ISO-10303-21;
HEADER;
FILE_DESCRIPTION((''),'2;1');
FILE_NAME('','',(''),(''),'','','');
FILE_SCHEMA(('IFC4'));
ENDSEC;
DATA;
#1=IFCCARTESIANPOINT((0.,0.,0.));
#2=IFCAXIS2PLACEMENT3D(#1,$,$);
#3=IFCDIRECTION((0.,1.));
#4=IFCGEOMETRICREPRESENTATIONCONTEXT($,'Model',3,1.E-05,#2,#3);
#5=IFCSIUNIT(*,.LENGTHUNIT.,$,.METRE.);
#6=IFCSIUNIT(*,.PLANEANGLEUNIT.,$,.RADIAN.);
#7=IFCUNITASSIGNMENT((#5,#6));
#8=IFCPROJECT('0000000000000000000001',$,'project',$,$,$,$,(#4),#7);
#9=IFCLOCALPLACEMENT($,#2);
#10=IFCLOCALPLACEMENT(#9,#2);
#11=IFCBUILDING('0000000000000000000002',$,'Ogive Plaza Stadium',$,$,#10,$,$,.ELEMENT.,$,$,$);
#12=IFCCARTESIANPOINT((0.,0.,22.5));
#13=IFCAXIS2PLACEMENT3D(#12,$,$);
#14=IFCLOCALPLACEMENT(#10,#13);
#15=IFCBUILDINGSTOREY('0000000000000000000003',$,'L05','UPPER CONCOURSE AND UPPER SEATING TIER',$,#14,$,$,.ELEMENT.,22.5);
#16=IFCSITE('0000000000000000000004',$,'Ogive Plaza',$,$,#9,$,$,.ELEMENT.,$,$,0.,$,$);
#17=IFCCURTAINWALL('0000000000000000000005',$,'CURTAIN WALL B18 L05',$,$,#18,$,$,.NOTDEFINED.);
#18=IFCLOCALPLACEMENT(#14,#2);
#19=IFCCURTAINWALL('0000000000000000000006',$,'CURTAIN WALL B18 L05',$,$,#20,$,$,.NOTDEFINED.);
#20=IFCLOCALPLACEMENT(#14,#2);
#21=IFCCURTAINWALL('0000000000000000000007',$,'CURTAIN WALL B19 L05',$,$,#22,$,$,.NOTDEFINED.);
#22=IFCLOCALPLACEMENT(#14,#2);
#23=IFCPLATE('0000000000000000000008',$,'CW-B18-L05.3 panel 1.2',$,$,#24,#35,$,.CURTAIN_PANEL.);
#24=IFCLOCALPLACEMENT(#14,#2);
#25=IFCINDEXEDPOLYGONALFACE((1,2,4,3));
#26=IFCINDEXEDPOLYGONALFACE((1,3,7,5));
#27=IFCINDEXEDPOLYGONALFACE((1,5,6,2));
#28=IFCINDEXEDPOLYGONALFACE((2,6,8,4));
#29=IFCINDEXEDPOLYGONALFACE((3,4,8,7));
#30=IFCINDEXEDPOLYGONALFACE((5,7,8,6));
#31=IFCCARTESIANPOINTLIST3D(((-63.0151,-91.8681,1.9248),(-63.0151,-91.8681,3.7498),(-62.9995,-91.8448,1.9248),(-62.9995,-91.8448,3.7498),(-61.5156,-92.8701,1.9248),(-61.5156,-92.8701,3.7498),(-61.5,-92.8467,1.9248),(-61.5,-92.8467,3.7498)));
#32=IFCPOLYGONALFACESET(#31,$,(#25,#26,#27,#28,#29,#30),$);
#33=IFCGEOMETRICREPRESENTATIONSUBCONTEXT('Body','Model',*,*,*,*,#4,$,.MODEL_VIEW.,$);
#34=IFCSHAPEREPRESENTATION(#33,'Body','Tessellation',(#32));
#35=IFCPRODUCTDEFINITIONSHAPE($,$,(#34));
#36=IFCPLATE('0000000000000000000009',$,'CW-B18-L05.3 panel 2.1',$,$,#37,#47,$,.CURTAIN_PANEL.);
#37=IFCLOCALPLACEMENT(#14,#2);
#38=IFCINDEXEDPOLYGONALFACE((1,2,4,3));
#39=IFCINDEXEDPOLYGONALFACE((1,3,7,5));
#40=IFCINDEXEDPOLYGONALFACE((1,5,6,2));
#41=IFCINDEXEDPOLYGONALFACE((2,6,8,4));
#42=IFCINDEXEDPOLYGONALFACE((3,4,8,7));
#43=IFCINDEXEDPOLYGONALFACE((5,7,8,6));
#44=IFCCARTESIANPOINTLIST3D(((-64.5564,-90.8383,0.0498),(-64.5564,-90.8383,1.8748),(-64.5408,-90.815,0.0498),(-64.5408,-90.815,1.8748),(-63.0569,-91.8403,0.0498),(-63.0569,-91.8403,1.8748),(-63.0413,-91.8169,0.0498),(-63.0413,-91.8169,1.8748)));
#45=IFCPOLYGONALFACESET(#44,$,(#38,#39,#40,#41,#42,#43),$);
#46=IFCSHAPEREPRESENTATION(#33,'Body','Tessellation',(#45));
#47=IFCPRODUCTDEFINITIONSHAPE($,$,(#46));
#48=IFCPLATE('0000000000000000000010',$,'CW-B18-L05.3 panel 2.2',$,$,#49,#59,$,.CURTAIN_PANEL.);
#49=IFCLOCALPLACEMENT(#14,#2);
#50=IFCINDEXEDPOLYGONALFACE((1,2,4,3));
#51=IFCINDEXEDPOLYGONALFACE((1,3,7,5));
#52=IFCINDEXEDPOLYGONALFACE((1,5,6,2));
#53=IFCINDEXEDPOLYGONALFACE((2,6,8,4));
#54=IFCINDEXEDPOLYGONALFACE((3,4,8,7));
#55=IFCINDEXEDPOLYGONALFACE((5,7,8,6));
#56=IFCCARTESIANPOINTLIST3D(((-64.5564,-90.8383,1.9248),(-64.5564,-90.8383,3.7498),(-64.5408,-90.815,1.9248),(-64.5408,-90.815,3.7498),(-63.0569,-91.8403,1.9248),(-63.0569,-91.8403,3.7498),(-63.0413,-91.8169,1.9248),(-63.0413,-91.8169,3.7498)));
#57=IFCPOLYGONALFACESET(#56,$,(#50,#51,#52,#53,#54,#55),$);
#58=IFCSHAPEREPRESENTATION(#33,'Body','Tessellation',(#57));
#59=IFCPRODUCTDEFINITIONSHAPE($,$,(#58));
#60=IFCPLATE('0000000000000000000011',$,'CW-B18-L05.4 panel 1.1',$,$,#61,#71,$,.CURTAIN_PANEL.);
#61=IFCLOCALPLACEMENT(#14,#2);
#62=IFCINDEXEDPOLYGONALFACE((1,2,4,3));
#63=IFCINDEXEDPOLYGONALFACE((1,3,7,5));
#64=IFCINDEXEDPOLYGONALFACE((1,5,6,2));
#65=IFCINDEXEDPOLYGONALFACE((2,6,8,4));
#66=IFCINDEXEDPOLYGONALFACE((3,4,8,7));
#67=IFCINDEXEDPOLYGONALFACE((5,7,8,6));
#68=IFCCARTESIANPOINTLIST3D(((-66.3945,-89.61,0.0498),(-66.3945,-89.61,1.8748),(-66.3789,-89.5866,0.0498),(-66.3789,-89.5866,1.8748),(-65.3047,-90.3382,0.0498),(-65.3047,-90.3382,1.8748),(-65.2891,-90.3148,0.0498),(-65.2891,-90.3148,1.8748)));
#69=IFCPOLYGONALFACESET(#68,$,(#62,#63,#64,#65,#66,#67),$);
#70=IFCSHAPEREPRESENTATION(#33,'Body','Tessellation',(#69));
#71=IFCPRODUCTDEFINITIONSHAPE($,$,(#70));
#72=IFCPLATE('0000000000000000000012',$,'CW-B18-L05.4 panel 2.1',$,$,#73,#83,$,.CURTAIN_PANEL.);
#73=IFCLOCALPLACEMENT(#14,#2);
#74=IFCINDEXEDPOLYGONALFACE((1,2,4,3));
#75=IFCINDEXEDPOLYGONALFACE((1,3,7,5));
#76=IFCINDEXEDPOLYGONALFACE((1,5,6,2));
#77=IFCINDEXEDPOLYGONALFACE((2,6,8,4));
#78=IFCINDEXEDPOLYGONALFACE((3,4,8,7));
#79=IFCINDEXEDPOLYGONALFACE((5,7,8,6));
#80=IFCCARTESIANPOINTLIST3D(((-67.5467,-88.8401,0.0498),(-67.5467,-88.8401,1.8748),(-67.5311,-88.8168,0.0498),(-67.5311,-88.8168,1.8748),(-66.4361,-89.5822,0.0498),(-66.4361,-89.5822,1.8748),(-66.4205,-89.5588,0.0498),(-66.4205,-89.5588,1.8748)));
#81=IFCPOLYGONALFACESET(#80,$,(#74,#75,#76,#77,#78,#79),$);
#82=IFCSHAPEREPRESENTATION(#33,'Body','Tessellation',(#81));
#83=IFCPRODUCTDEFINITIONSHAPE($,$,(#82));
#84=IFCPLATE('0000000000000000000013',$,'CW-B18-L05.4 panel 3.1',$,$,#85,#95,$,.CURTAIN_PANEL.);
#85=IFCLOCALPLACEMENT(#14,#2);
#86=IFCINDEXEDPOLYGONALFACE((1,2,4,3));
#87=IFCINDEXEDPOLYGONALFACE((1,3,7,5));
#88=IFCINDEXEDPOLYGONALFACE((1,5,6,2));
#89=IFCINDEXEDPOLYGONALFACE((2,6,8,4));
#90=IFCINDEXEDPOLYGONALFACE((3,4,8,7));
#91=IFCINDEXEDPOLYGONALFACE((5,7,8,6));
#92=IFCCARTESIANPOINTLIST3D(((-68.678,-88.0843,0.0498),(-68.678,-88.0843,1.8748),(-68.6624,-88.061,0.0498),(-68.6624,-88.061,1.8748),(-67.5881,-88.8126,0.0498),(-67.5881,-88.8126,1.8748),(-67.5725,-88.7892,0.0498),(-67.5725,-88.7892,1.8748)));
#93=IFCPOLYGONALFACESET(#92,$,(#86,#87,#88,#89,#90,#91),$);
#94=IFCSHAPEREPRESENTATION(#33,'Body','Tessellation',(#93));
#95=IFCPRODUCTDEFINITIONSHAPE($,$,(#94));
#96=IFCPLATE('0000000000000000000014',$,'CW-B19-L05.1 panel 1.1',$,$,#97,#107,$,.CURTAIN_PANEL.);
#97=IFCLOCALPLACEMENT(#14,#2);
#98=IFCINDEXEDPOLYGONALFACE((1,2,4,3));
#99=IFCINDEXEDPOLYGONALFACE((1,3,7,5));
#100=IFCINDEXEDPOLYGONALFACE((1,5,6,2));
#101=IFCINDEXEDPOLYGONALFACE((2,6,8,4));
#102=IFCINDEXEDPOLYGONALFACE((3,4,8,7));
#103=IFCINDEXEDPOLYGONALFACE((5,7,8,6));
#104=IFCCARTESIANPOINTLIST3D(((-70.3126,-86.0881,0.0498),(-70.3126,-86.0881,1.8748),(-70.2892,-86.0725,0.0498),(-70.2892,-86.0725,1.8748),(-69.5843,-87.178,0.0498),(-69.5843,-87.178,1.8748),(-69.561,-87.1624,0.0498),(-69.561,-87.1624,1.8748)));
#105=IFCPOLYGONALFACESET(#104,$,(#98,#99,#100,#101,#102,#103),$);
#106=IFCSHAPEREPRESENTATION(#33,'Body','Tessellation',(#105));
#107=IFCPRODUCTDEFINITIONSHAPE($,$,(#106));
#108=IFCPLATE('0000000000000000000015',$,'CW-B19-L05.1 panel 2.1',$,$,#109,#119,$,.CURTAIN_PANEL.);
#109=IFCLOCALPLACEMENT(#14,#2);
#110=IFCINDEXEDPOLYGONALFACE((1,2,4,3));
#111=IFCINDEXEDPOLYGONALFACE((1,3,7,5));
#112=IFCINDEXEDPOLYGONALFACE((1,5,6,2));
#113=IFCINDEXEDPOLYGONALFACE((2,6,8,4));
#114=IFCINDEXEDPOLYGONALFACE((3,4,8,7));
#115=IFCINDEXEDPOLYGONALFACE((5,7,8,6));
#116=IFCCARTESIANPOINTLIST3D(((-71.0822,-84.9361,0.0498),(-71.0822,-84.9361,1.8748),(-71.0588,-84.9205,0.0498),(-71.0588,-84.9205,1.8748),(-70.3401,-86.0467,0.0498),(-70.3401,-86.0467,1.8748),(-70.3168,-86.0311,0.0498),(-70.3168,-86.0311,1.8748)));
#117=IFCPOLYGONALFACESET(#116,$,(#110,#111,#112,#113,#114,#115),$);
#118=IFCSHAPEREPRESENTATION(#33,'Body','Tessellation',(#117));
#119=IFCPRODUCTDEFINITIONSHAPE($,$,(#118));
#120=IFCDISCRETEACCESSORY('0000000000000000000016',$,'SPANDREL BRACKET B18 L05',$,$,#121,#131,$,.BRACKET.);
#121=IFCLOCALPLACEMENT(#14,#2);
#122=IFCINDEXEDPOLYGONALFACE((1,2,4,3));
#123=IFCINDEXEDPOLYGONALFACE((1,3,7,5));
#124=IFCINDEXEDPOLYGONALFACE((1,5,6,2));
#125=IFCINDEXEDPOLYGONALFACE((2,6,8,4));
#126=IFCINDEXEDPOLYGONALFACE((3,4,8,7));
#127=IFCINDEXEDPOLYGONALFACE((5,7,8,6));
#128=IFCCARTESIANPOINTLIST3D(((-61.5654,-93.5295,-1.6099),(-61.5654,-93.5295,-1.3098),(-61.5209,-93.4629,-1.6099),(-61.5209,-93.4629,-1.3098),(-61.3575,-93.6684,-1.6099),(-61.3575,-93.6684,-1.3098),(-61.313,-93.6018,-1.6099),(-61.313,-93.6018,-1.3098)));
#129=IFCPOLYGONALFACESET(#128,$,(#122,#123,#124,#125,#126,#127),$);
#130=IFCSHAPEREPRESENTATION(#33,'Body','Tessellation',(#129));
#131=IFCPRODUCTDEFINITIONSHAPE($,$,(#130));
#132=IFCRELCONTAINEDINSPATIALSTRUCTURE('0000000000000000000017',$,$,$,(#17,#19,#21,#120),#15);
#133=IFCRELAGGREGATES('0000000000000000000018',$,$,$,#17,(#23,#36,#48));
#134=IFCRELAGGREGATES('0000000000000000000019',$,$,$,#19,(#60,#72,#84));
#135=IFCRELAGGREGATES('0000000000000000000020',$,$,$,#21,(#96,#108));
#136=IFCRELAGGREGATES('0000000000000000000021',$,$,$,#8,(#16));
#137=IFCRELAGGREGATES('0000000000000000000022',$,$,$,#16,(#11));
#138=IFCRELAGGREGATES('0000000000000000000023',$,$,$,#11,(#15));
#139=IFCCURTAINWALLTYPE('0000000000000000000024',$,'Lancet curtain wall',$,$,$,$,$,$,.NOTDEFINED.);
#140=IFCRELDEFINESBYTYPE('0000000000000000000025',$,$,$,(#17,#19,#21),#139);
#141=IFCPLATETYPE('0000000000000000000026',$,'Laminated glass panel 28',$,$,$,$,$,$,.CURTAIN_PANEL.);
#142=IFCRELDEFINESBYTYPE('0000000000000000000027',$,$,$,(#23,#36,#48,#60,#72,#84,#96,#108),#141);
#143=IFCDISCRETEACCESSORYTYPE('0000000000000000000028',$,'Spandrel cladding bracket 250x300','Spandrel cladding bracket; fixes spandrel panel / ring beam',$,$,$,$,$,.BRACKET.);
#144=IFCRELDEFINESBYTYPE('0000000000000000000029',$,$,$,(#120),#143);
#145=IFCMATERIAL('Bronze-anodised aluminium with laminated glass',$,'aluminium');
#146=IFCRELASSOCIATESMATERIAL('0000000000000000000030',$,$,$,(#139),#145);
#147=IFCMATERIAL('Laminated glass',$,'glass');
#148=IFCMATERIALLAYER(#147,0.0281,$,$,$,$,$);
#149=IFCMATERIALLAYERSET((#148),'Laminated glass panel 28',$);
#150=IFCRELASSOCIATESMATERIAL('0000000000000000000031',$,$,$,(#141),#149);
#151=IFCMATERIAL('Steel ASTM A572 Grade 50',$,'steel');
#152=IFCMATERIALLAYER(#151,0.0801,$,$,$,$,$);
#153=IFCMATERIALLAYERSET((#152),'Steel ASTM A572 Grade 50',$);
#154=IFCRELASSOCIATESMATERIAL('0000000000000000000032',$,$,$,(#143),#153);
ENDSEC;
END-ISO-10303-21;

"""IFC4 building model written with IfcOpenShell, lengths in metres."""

from ifc_helpers import new_model, si_unit, direction, frame, origin, origin_2d, place, context, subcontext, project, spatial, rectangle, extrude, material, layer, layer_set, type_object, element, aggregate, save


model = new_model("IFC4")

# Units and contexts
model_context = context("Model", 3, precision=1e-05, world=origin(), true_north=direction((0.0, 1.0)))
body_context = subcontext(model_context, "Body", "Model", "MODEL_VIEW")
ifc_project = project(units=[si_unit("LENGTHUNIT", "METRE"), si_unit("PLANEANGLEUNIT", "RADIAN")], contexts=[model_context])

# Site, building, storey
site_placement = place(None, origin())
site = spatial("IfcSite", under=ifc_project, at=site_placement, Name="Ogive Plaza", CompositionType="ELEMENT", RefElevation=0.0)
building_placement = place(site_placement, origin())
building = spatial("IfcBuilding", under=site, at=building_placement, Name="Ogive Plaza Stadium", CompositionType="ELEMENT")
storey_placement = place(building_placement, frame((0.0, 0.0, 22.5)))
storey = spatial("IfcBuildingStorey", under=building, at=storey_placement, Name="L05", Description="UPPER CONCOURSE AND UPPER SEATING TIER", CompositionType="ELEMENT", Elevation=22.5)

# Curtain walls
ifc_material_1 = material(Name="Bronze-anodised aluminium with laminated glass", Category="aluminium")
curtain_wall_type = type_object("IfcCurtainWallType", Name="Lancet curtain wall", PredefinedType="NOTDEFINED", material=ifc_material_1)
curtain_wall_1_placement = place(storey_placement, origin())
curtain_wall_1 = element("IfcCurtainWall", 1, at=curtain_wall_1_placement, inside=storey, type_object=curtain_wall_type, Name="CURTAIN WALL B18 L05", PredefinedType="NOTDEFINED")
curtain_wall_2_placement = place(storey_placement, origin())
curtain_wall_2 = element("IfcCurtainWall", 2, at=curtain_wall_2_placement, inside=storey, type_object=curtain_wall_type, Name="CURTAIN WALL B18 L05", PredefinedType="NOTDEFINED")
curtain_wall_3_placement = place(storey_placement, origin())
curtain_wall_3 = element("IfcCurtainWall", 3, at=curtain_wall_3_placement, inside=storey, type_object=curtain_wall_type, Name="CURTAIN WALL B19 L05", PredefinedType="NOTDEFINED")

# Plates
ifc_material_2 = material(Name="Laminated glass", Category="glass")
ifc_layer_1 = layer(ifc_material_2, 0.0281)
ifc_layer_set_1 = layer_set([ifc_layer_1], Name="Laminated glass panel 28")
plate_type = type_object("IfcPlateType", Name="Laminated glass panel 28", PredefinedType="CURTAIN_PANEL", material=ifc_layer_set_1)
plate_1_placement = place(storey_placement, frame((-62.2576, -92.3574, 1.9248), z_axis=(0.0, 0.0, 1.0), x_axis=(-0.83147, 0.55557, 0.0)))
plate_1 = element("IfcPlate", 4, at=plate_1_placement, type_object=plate_type, Name="CW-B18-L05.3 panel 1.2", PredefinedType="CURTAIN_PANEL", context=body_context, shape_type="SweptSolid", body=[
    extrude(rectangle(XDim=1.8035, YDim=0.0281, at=origin_2d()), origin(), (0.0, 0.0, 1.0), 1.825),
])
plate_2_placement = place(storey_placement, frame((-63.7988, -91.3276, 0.0498), z_axis=(0.0, 0.0, 1.0), x_axis=(-0.83147, 0.55557, 0.0)))
plate_2 = element("IfcPlate", 5, at=plate_2_placement, type_object=plate_type, Name="CW-B18-L05.3 panel 2.1", PredefinedType="CURTAIN_PANEL", context=body_context, shape_type="SweptSolid", body=[
    extrude(rectangle(XDim=1.8035, YDim=0.0281, at=origin_2d()), origin(), (0.0, 0.0, 1.0), 1.825),
])
plate_3_placement = place(storey_placement, frame((-63.7988, -91.3276, 1.9248), z_axis=(0.0, 0.0, 1.0), x_axis=(-0.83147, 0.55557, 0.0)))
plate_3 = element("IfcPlate", 6, at=plate_3_placement, type_object=plate_type, Name="CW-B18-L05.3 panel 2.2", PredefinedType="CURTAIN_PANEL", context=body_context, shape_type="SweptSolid", body=[
    extrude(rectangle(XDim=1.8035, YDim=0.0281, at=origin_2d()), origin(), (0.0, 0.0, 1.0), 1.825),
])
aggregate(curtain_wall_1, [plate_1, plate_2, plate_3])
plate_4_placement = place(storey_placement, frame((-65.8418, -89.9624, 0.0498), z_axis=(0.0, 0.0, 1.0), x_axis=(-0.83147, 0.55557, 0.0)))
plate_4 = element("IfcPlate", 7, at=plate_4_placement, type_object=plate_type, Name="CW-B18-L05.4 panel 1.1", PredefinedType="CURTAIN_PANEL", context=body_context, shape_type="SweptSolid", body=[
    extrude(rectangle(XDim=1.3108, YDim=0.0281, at=origin_2d()), origin(), (0.0, 0.0, 1.0), 1.825),
])
plate_5_placement = place(storey_placement, frame((-66.9836, -89.1995, 0.0498), z_axis=(0.0, 0.0, 1.0), x_axis=(-0.83147, 0.55557, 0.0)))
plate_5 = element("IfcPlate", 8, at=plate_5_placement, type_object=plate_type, Name="CW-B18-L05.4 panel 2.1", PredefinedType="CURTAIN_PANEL", context=body_context, shape_type="SweptSolid", body=[
    extrude(rectangle(XDim=1.3357, YDim=0.0281, at=origin_2d()), origin(), (0.0, 0.0, 1.0), 1.825),
])
plate_6_placement = place(storey_placement, frame((-68.1252, -88.4368, 0.0498), z_axis=(0.0, 0.0, 1.0), x_axis=(-0.83147, 0.55557, 0.0)))
plate_6 = element("IfcPlate", 9, at=plate_6_placement, type_object=plate_type, Name="CW-B18-L05.4 panel 3.1", PredefinedType="CURTAIN_PANEL", context=body_context, shape_type="SweptSolid", body=[
    extrude(rectangle(XDim=1.3108, YDim=0.0281, at=origin_2d()), origin(), (0.0, 0.0, 1.0), 1.825),
])
aggregate(curtain_wall_2, [plate_4, plate_5, plate_6])
plate_7_placement = place(storey_placement, frame((-69.9368, -86.6252, 0.0498), z_axis=(0.0, 0.0, 1.0), x_axis=(-0.55557, 0.83147, 0.0)))
plate_7 = element("IfcPlate", 10, at=plate_7_placement, type_object=plate_type, Name="CW-B19-L05.1 panel 1.1", PredefinedType="CURTAIN_PANEL", context=body_context, shape_type="SweptSolid", body=[
    extrude(rectangle(XDim=1.3108, YDim=0.0281, at=origin_2d()), origin(), (0.0, 0.0, 1.0), 1.825),
])
plate_8_placement = place(storey_placement, frame((-70.6995, -85.4836, 0.0498), z_axis=(0.0, 0.0, 1.0), x_axis=(-0.55557, 0.83147, 0.0)))
plate_8 = element("IfcPlate", 11, at=plate_8_placement, type_object=plate_type, Name="CW-B19-L05.1 panel 2.1", PredefinedType="CURTAIN_PANEL", context=body_context, shape_type="SweptSolid", body=[
    extrude(rectangle(XDim=1.3357, YDim=0.0281, at=origin_2d()), origin(), (0.0, 0.0, 1.0), 1.825),
])
aggregate(curtain_wall_3, [plate_7, plate_8])

# Discrete accessory
ifc_material_3 = material(Name="Steel ASTM A572 Grade 50", Category="steel")
ifc_layer_2 = layer(ifc_material_3, 0.0801)
ifc_layer_set_2 = layer_set([ifc_layer_2], Name="Steel ASTM A572 Grade 50")
discrete_accessory_type = type_object("IfcDiscreteAccessoryType", Name="Spandrel cladding bracket 250x300", Description="Spandrel cladding bracket; fixes spandrel panel / ring beam", PredefinedType="BRACKET", material=ifc_layer_set_2)
discrete_accessory_placement = place(storey_placement, frame((-61.4392, -93.5657, -1.6099), z_axis=(0.0, 0.0, 1.0), x_axis=(-0.83147, 0.55557, 0.0)))
element("IfcDiscreteAccessory", 12, at=discrete_accessory_placement, inside=storey, type_object=discrete_accessory_type, Name="SPANDREL BRACKET B18 L05", PredefinedType="BRACKET", context=body_context, shape_type="SweptSolid", body=[
    extrude(rectangle(XDim=0.25, YDim=0.0801, at=origin_2d()), origin(), (0.0, 0.0, 1.0), 0.3),
])

save(model, "model.ifc")
